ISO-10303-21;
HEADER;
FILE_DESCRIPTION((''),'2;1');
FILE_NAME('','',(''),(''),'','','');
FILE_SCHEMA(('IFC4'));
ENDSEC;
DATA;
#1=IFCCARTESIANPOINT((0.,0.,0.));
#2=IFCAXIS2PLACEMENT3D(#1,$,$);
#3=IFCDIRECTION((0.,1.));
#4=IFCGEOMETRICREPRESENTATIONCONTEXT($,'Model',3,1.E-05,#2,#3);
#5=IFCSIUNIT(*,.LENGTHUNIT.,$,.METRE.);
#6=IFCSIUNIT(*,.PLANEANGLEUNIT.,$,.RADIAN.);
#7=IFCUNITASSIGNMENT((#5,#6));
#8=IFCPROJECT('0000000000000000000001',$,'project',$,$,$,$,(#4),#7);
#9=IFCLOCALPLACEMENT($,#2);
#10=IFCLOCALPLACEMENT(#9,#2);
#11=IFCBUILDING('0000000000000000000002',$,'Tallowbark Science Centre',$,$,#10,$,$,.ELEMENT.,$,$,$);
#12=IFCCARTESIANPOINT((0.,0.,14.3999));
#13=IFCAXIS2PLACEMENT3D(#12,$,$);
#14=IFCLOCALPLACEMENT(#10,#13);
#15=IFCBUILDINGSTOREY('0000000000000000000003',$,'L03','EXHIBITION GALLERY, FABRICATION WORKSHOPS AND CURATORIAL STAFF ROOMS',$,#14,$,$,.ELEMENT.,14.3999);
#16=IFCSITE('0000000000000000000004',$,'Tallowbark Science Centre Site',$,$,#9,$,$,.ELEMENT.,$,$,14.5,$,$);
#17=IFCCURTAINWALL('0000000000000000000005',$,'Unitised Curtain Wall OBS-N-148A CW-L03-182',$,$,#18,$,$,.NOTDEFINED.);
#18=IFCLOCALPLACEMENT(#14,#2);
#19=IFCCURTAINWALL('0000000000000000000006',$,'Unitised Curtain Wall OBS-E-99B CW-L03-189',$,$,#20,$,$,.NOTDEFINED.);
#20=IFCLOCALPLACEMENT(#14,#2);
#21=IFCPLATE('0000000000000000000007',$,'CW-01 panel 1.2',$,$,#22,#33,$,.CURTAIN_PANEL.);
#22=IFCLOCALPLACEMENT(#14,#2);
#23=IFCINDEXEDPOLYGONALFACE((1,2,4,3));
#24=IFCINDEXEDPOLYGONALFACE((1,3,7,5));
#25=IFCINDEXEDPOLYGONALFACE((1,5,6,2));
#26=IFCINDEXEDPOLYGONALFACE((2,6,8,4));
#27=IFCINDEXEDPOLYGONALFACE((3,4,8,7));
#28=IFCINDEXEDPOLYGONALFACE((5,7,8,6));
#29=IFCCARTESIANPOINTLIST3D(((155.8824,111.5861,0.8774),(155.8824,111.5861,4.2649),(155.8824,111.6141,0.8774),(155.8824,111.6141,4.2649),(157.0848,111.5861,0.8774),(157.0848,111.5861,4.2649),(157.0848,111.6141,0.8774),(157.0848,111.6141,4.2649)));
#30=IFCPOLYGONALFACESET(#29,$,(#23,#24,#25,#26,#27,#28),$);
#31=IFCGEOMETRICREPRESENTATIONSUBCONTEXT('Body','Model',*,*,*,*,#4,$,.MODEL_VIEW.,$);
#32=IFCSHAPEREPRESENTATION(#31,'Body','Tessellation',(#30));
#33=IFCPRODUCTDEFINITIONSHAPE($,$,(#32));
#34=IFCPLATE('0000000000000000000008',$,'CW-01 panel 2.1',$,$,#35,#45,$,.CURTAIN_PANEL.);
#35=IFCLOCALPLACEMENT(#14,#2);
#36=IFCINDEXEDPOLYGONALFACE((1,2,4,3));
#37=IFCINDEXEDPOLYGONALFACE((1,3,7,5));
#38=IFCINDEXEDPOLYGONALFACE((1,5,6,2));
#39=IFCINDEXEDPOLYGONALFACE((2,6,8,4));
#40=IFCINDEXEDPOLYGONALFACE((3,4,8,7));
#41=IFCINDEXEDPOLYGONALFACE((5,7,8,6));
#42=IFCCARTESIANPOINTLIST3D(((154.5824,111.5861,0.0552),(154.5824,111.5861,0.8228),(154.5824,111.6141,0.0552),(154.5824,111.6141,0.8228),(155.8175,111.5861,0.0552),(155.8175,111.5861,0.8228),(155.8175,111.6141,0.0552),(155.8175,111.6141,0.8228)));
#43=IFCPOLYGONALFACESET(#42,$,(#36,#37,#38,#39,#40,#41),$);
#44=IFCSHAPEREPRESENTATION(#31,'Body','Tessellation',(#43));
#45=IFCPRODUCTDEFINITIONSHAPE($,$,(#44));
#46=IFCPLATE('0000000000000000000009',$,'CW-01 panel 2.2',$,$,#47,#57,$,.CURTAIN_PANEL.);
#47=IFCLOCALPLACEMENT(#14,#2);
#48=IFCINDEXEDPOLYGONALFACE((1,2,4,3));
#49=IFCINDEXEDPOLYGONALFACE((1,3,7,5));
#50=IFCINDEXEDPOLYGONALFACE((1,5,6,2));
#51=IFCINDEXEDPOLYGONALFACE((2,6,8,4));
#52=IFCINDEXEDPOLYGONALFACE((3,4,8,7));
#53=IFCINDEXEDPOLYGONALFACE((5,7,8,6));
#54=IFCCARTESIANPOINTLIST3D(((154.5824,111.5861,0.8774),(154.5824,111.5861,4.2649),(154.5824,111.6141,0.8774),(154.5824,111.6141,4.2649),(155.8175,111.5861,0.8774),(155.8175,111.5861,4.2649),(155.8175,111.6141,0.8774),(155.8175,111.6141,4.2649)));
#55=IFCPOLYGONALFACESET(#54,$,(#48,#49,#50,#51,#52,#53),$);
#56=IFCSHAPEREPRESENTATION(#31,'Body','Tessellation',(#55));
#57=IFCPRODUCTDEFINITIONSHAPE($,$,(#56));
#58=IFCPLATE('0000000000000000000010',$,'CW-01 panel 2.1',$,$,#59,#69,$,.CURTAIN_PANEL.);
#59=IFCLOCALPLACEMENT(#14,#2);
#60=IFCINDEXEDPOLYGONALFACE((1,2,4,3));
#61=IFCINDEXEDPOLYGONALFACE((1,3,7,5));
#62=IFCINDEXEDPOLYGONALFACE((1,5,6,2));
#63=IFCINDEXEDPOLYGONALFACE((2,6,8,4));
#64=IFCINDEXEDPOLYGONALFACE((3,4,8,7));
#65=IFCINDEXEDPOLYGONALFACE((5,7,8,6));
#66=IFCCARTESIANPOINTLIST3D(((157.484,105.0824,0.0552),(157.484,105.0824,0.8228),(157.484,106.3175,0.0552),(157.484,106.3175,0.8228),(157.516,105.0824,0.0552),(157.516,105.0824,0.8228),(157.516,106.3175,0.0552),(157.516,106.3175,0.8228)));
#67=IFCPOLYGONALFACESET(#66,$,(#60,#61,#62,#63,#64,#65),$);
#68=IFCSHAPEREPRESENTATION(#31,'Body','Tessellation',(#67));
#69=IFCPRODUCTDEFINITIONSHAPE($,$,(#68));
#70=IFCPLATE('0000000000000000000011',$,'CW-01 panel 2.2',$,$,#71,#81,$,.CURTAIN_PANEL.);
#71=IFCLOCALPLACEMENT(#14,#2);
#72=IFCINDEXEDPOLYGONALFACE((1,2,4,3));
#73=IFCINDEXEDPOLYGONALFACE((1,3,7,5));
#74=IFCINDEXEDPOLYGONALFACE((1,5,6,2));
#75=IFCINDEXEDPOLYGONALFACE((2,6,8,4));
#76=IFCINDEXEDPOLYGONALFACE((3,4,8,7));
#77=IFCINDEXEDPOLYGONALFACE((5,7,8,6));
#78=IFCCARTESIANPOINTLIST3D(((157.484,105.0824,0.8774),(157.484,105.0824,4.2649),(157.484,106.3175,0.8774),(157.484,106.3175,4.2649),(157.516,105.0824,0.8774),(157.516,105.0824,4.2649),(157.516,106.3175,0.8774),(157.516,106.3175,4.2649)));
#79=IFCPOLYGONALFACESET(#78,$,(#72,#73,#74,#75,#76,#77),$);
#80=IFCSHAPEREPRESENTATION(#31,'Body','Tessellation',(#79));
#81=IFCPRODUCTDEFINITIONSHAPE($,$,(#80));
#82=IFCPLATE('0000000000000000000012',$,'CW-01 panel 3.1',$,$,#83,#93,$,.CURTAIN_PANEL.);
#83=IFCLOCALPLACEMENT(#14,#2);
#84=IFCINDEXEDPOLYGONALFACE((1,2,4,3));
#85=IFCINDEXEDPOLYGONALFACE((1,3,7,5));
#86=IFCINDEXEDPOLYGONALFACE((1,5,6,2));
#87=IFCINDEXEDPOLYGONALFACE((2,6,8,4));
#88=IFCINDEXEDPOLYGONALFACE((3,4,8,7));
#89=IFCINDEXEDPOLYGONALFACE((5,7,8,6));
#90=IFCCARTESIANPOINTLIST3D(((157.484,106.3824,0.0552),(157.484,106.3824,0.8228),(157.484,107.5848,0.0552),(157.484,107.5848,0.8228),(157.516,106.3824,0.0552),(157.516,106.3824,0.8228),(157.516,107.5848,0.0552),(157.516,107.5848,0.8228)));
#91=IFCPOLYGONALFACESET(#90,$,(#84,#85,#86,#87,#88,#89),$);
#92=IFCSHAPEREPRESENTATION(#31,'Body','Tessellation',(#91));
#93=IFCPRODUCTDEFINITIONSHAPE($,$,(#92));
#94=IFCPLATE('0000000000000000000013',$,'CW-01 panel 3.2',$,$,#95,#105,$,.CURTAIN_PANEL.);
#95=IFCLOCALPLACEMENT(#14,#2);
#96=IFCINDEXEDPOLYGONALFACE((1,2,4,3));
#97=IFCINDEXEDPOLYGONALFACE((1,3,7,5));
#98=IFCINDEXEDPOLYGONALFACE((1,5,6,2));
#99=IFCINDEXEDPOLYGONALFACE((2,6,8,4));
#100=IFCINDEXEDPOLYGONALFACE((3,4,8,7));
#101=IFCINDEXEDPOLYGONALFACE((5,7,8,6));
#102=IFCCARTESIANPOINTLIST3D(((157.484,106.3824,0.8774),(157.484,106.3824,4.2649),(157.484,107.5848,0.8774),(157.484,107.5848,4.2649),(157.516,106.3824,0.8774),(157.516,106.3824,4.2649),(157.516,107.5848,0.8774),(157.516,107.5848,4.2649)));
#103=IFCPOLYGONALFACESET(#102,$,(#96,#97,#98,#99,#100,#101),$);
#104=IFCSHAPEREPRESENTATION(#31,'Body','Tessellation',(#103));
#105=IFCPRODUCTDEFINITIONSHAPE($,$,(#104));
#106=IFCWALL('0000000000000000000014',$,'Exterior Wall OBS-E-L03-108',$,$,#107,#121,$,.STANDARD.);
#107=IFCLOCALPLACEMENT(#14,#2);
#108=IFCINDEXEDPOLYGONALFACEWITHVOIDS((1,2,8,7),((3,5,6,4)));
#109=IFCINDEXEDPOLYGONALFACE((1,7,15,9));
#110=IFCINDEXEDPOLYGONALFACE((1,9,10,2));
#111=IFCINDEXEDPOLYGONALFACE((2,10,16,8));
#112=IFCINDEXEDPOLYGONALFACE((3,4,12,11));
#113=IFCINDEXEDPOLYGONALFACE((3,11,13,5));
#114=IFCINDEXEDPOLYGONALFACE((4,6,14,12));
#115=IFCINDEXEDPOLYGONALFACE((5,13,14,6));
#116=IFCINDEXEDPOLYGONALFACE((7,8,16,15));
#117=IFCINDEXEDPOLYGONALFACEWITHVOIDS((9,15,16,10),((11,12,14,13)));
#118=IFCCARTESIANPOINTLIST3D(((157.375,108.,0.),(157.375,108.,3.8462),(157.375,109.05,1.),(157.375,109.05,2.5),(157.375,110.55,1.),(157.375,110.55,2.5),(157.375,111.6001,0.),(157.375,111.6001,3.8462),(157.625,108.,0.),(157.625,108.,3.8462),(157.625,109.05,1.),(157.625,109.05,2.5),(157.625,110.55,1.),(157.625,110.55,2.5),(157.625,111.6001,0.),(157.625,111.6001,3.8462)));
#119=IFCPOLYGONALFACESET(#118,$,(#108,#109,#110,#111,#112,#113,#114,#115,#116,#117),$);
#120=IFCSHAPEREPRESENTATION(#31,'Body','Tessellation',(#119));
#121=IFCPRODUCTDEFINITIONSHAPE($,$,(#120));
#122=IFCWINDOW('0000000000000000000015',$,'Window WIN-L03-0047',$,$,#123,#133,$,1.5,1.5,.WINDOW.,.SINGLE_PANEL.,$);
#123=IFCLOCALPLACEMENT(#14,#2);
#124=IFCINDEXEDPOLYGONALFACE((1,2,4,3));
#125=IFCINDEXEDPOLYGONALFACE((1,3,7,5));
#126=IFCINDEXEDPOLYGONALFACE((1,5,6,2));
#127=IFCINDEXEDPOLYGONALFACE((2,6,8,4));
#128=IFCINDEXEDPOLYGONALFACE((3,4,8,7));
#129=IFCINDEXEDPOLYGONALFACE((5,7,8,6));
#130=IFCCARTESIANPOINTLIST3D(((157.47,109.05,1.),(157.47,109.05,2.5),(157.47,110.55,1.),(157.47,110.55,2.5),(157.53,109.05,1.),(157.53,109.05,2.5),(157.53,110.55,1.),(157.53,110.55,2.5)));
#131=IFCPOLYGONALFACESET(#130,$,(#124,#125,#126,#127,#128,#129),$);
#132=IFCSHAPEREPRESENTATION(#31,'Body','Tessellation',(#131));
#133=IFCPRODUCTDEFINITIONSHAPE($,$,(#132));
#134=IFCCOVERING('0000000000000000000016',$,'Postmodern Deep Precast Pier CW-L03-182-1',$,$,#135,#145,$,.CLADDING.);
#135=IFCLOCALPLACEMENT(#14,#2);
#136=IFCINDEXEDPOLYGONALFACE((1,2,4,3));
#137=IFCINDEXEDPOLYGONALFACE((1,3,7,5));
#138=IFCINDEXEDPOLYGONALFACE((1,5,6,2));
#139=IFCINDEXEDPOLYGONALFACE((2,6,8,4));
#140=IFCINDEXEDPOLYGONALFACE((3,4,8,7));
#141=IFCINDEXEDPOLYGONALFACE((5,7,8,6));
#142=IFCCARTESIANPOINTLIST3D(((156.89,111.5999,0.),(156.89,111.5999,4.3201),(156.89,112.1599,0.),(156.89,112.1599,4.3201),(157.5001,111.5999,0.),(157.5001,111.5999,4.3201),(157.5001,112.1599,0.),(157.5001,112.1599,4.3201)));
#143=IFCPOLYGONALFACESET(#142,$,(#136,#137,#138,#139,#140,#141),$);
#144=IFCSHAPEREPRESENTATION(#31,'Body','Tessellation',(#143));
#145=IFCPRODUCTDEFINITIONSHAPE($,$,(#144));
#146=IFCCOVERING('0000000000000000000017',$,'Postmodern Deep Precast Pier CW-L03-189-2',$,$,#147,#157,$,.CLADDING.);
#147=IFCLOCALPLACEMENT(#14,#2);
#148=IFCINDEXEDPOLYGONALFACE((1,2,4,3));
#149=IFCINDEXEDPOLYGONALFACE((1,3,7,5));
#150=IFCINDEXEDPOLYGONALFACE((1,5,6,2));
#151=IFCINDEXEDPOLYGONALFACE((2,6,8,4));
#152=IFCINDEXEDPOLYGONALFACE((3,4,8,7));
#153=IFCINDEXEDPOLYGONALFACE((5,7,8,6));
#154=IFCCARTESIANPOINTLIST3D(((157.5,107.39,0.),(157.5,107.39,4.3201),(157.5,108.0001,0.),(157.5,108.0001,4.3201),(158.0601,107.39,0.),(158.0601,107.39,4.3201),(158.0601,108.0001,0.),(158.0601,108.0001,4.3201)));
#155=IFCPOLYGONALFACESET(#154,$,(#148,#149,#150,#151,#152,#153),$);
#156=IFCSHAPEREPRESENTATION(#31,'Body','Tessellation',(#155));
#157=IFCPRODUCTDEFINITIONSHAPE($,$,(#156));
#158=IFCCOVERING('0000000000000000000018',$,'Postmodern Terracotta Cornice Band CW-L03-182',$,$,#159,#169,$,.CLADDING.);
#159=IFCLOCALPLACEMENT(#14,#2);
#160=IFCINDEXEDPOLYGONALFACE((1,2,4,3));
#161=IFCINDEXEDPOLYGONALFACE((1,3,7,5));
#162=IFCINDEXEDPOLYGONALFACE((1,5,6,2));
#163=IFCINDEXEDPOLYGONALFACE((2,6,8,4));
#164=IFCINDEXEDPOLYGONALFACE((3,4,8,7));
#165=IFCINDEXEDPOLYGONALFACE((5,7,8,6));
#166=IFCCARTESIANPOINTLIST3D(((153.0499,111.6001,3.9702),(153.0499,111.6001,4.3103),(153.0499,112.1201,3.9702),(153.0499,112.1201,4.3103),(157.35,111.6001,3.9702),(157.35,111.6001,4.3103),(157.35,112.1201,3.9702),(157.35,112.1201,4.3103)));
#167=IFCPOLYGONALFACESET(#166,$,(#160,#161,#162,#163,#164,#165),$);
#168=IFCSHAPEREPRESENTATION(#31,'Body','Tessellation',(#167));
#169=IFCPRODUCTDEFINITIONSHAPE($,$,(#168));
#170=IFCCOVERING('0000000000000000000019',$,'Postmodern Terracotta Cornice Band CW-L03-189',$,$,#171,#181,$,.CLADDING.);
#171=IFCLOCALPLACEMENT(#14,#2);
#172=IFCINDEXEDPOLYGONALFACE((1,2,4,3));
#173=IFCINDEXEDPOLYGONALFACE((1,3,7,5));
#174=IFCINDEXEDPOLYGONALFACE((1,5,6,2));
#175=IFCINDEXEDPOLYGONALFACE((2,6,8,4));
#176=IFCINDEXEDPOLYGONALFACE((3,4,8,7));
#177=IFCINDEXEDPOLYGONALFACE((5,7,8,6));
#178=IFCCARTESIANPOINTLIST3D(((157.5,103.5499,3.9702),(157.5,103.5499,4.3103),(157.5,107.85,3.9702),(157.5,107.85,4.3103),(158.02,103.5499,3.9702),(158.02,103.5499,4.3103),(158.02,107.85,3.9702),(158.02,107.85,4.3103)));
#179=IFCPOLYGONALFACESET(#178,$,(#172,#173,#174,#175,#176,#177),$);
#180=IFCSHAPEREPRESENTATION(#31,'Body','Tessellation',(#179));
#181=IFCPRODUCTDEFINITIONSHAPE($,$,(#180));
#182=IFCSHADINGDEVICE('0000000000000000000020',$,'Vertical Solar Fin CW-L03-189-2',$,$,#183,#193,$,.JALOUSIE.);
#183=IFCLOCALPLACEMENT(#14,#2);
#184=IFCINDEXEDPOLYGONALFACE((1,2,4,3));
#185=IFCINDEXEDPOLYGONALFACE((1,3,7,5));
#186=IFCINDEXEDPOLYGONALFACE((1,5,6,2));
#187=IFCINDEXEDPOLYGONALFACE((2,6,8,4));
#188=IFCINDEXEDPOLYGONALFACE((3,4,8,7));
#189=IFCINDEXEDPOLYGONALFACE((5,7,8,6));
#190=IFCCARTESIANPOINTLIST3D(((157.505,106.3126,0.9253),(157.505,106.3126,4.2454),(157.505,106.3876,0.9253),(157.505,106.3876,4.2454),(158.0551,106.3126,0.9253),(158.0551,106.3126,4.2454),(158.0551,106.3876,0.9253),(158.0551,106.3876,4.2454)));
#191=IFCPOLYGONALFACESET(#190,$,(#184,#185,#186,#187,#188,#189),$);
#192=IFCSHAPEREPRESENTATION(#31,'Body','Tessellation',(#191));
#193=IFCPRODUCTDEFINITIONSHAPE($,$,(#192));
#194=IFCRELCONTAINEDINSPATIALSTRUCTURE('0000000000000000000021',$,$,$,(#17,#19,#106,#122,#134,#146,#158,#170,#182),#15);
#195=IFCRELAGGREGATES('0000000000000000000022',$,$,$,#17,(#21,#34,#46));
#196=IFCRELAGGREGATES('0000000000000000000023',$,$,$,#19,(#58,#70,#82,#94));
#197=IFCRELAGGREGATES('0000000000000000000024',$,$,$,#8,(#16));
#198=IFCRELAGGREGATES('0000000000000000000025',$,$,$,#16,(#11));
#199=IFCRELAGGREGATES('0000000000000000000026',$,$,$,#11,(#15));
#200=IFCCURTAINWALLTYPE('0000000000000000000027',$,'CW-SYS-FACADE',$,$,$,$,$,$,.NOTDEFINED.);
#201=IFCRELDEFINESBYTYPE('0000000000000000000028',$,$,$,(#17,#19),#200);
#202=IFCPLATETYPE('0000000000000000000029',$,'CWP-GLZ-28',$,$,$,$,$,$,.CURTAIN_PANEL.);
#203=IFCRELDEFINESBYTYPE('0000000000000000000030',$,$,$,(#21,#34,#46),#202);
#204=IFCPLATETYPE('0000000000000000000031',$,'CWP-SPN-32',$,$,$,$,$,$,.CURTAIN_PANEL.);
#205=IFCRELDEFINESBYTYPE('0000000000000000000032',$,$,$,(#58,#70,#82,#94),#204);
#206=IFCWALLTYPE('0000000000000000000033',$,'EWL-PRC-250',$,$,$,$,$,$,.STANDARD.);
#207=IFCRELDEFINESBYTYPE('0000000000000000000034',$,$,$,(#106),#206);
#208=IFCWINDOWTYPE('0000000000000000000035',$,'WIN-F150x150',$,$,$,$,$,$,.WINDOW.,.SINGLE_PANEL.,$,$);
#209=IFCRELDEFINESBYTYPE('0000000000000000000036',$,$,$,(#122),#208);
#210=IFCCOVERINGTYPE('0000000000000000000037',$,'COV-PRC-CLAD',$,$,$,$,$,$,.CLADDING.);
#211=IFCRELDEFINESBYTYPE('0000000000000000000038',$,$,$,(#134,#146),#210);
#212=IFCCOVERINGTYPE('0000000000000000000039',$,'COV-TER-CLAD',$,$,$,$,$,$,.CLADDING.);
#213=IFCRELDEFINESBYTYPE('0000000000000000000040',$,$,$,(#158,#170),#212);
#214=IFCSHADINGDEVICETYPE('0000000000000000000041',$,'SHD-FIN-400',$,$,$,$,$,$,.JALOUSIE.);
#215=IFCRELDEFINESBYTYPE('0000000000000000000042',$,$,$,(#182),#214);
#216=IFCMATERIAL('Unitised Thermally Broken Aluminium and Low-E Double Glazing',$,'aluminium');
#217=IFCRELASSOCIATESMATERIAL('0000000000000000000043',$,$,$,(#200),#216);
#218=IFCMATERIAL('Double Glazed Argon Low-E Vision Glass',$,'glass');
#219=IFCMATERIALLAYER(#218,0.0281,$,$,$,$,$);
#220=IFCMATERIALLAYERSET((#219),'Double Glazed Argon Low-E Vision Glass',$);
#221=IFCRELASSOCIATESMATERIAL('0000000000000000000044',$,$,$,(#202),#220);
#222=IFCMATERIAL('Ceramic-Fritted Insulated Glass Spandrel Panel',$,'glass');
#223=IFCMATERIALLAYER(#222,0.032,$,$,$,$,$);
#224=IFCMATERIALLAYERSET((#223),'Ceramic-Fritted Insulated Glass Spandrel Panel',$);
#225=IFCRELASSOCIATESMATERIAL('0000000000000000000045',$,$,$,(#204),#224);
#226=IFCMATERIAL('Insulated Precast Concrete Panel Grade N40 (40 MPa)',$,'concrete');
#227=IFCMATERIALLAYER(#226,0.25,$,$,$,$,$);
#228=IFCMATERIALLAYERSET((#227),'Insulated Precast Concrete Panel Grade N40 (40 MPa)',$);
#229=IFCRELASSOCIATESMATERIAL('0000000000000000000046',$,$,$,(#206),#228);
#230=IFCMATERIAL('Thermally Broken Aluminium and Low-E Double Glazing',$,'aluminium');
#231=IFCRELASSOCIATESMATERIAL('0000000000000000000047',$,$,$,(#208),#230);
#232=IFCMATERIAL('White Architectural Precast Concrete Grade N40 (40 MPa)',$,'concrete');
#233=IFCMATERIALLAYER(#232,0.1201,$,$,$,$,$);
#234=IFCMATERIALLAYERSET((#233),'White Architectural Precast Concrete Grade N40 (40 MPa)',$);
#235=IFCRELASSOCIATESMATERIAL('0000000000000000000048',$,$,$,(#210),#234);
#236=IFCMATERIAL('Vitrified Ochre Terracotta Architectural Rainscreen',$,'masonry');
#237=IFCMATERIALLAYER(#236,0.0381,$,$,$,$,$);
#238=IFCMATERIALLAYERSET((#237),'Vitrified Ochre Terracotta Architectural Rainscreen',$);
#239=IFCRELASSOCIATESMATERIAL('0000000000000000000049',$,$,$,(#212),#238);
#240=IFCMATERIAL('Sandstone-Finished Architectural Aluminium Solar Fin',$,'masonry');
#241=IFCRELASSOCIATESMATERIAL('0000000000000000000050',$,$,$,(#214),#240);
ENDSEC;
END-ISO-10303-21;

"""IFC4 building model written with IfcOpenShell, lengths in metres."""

from ifc_helpers import new_model, si_unit, direction, frame, frame_2d, origin, origin_2d, place, context, subcontext, project, spatial, rectangle, extrude, material, layer, layer_set, type_object, element, fill, aggregate, save


model = new_model("IFC4")

# Units and contexts
model_context = context("Model", 3, precision=1e-05, world=origin(), true_north=direction((0.0, 1.0)))
body_context = subcontext(model_context, "Body", "Model", "MODEL_VIEW")
ifc_project = project(units=[si_unit("LENGTHUNIT", "METRE"), si_unit("PLANEANGLEUNIT", "RADIAN")], contexts=[model_context])

# Site, building, storey
site_placement = place(None, origin())
site = spatial("IfcSite", under=ifc_project, at=site_placement, Name="Tallowbark Science Centre Site", CompositionType="ELEMENT", RefElevation=14.5)
building_placement = place(site_placement, origin())
building = spatial("IfcBuilding", under=site, at=building_placement, Name="Tallowbark Science Centre", CompositionType="ELEMENT")
storey_placement = place(building_placement, frame((0.0, 0.0, 14.3999)))
storey = spatial("IfcBuildingStorey", under=building, at=storey_placement, Name="L03", Description="EXHIBITION GALLERY, FABRICATION WORKSHOPS AND CURATORIAL STAFF ROOMS", CompositionType="ELEMENT", Elevation=14.3999)

# Curtain walls
ifc_material_1 = material(Name="Unitised Thermally Broken Aluminium and Low-E Double Glazing", Category="aluminium")
curtain_wall_type = type_object("IfcCurtainWallType", Name="CW-SYS-FACADE", PredefinedType="NOTDEFINED", material=ifc_material_1)
curtain_wall_1_placement = place(storey_placement, origin())
curtain_wall_1 = element("IfcCurtainWall", 1, at=curtain_wall_1_placement, inside=storey, type_object=curtain_wall_type, Name="Unitised Curtain Wall OBS-N-148A CW-L03-182", PredefinedType="NOTDEFINED")
curtain_wall_2_placement = place(storey_placement, origin())
curtain_wall_2 = element("IfcCurtainWall", 2, at=curtain_wall_2_placement, inside=storey, type_object=curtain_wall_type, Name="Unitised Curtain Wall OBS-E-99B CW-L03-189", PredefinedType="NOTDEFINED")

# Plates
ifc_material_2 = material(Name="Double Glazed Argon Low-E Vision Glass", Category="glass")
ifc_layer_1 = layer(ifc_material_2, 0.0281)
ifc_layer_set_1 = layer_set([ifc_layer_1], Name="Double Glazed Argon Low-E Vision Glass")
plate_type_1 = type_object("IfcPlateType", Name="CWP-GLZ-28", PredefinedType="CURTAIN_PANEL", material=ifc_layer_set_1)
plate_1_placement = place(storey_placement, frame((156.4836, 111.6001, 0.8774), z_axis=(0.0, 0.0, 1.0), x_axis=(-1.0, 0.0, 0.0)))
plate_1 = element("IfcPlate", 3, at=plate_1_placement, type_object=plate_type_1, Name="CW-01 panel 1.2", PredefinedType="CURTAIN_PANEL", context=body_context, shape_type="SweptSolid", body=[
    extrude(rectangle(XDim=1.2024, YDim=0.0281, at=origin_2d()), origin(), (0.0, 0.0, 1.0), 3.3875),
])
plate_2_placement = place(storey_placement, frame((155.2, 111.6001, 0.0552), z_axis=(0.0, 0.0, 1.0), x_axis=(-1.0, 0.0, 0.0)))
plate_2 = element("IfcPlate", 4, at=plate_2_placement, type_object=plate_type_1, Name="CW-01 panel 2.1", PredefinedType="CURTAIN_PANEL", context=body_context, shape_type="SweptSolid", body=[
    extrude(rectangle(XDim=1.2351, YDim=0.0281, at=origin_2d()), origin(), (0.0, 0.0, 1.0), 0.7676),
])
plate_3_placement = place(storey_placement, frame((155.2, 111.6001, 0.8774), z_axis=(0.0, 0.0, 1.0), x_axis=(-1.0, 0.0, 0.0)))
plate_3 = element("IfcPlate", 5, at=plate_3_placement, type_object=plate_type_1, Name="CW-01 panel 2.2", PredefinedType="CURTAIN_PANEL", context=body_context, shape_type="SweptSolid", body=[
    extrude(rectangle(XDim=1.2351, YDim=0.0281, at=origin_2d()), origin(), (0.0, 0.0, 1.0), 3.3875),
])
aggregate(curtain_wall_1, [plate_1, plate_2, plate_3])
ifc_material_3 = material(Name="Ceramic-Fritted Insulated Glass Spandrel Panel", Category="glass")
ifc_layer_2 = layer(ifc_material_3, 0.032)
ifc_layer_set_2 = layer_set([ifc_layer_2], Name="Ceramic-Fritted Insulated Glass Spandrel Panel")
plate_type_2 = type_object("IfcPlateType", Name="CWP-SPN-32", PredefinedType="CURTAIN_PANEL", material=ifc_layer_set_2)
plate_4_placement = place(storey_placement, frame((157.5, 105.7, 0.0552), z_axis=(0.0, 0.0, 1.0), x_axis=(0.0, 1.0, 0.0)))
plate_4 = element("IfcPlate", 6, at=plate_4_placement, type_object=plate_type_2, Name="CW-01 panel 2.1", PredefinedType="CURTAIN_PANEL", context=body_context, shape_type="SweptSolid", body=[
    extrude(rectangle(XDim=1.2351, YDim=0.032, at=origin_2d()), origin(), (0.0, 0.0, 1.0), 0.7676),
])
plate_5_placement = place(storey_placement, frame((157.5, 105.7, 0.8774), z_axis=(0.0, 0.0, 1.0), x_axis=(0.0, 1.0, 0.0)))
plate_5 = element("IfcPlate", 7, at=plate_5_placement, type_object=plate_type_2, Name="CW-01 panel 2.2", PredefinedType="CURTAIN_PANEL", context=body_context, shape_type="SweptSolid", body=[
    extrude(rectangle(XDim=1.2351, YDim=0.032, at=origin_2d()), origin(), (0.0, 0.0, 1.0), 3.3875),
])
plate_6_placement = place(storey_placement, frame((157.5, 106.9836, 0.0552), z_axis=(0.0, 0.0, 1.0), x_axis=(0.0, 1.0, 0.0)))
plate_6 = element("IfcPlate", 8, at=plate_6_placement, type_object=plate_type_2, Name="CW-01 panel 3.1", PredefinedType="CURTAIN_PANEL", context=body_context, shape_type="SweptSolid", body=[
    extrude(rectangle(XDim=1.2024, YDim=0.032, at=origin_2d()), origin(), (0.0, 0.0, 1.0), 0.7676),
])
plate_7_placement = place(storey_placement, frame((157.5, 106.9836, 0.8774), z_axis=(0.0, 0.0, 1.0), x_axis=(0.0, 1.0, 0.0)))
plate_7 = element("IfcPlate", 9, at=plate_7_placement, type_object=plate_type_2, Name="CW-01 panel 3.2", PredefinedType="CURTAIN_PANEL", context=body_context, shape_type="SweptSolid", body=[
    extrude(rectangle(XDim=1.2024, YDim=0.032, at=origin_2d()), origin(), (0.0, 0.0, 1.0), 3.3875),
])
aggregate(curtain_wall_2, [plate_4, plate_5, plate_6, plate_7])

# Wall, opening, window
ifc_material_4 = material(Name="Insulated Precast Concrete Panel Grade N40 (40 MPa)", Category="concrete")
ifc_layer_3 = layer(ifc_material_4, 0.25)
ifc_layer_set_3 = layer_set([ifc_layer_3], Name="Insulated Precast Concrete Panel Grade N40 (40 MPa)")
wall_type = type_object("IfcWallType", Name="EWL-PRC-250", PredefinedType="STANDARD", material=ifc_layer_set_3)
wall_placement = place(storey_placement, frame((157.5, 108.0, 0.0), z_axis=(0.0, 0.0, 1.0), x_axis=(0.0, 1.0, 0.0)))
wall = element("IfcWall", 10, at=wall_placement, inside=storey, type_object=wall_type, Name="Exterior Wall OBS-E-L03-108", PredefinedType="STANDARD", context=body_context, shape_type="SweptSolid", body=[
    extrude(rectangle(XDim=3.6001, YDim=0.25, at=frame_2d((1.8, 0.0))), origin(), (0.0, 0.0, 1.0), 3.8462),
])
opening_placement = place(wall_placement, frame((1.05, 0.0, 1.0)))
opening = element("IfcOpeningElement", 11, at=opening_placement, cuts=wall, PredefinedType="OPENING", context=body_context, shape_type="SweptSolid", body=[
    extrude(rectangle(XDim=1.5, YDim=1.5, at=frame_2d((0.75, 0.75))), frame((0.0, 0.135, 0.0), z_axis=(0.0, -1.0, 0.0), x_axis=(1.0, 0.0, 0.0)), (0.0, 0.0, 1.0), 0.27),
])
ifc_material_5 = material(Name="Thermally Broken Aluminium and Low-E Double Glazing", Category="aluminium")
window_type = type_object("IfcWindowType", Name="WIN-F150x150", PartitioningType="SINGLE_PANEL", PredefinedType="WINDOW", material=ifc_material_5)
window_placement = place(opening_placement, origin())
window = element("IfcWindow", 12, at=window_placement, inside=storey, type_object=window_type, Name="Window WIN-L03-0047", OverallHeight=1.5, OverallWidth=1.5, PartitioningType="SINGLE_PANEL", PredefinedType="WINDOW", context=body_context, shape_type="SweptSolid", body=[
    extrude(rectangle(XDim=1.5, YDim=1.5, at=frame_2d((0.75, 0.75))), frame((0.0, 0.03, 0.0), z_axis=(0.0, -1.0, 0.0), x_axis=(1.0, 0.0, 0.0)), (0.0, 0.0, 1.0), 0.0601),
])
fill(opening, window)

# Coverings
ifc_material_6 = material(Name="White Architectural Precast Concrete Grade N40 (40 MPa)", Category="concrete")
ifc_layer_4 = layer(ifc_material_6, 0.1201)
ifc_layer_set_4 = layer_set([ifc_layer_4], Name="White Architectural Precast Concrete Grade N40 (40 MPa)")
covering_type_1 = type_object("IfcCoveringType", Name="COV-PRC-CLAD", PredefinedType="CLADDING", material=ifc_layer_set_4)
for number, where, z_axis, x_axis, name in (
    (13, (157.1951, 111.8799, 0.0), (0.0, 0.0, 1.0), (-1.0, 0.0, 0.0), "Postmodern Deep Precast Pier CW-L03-182-1"),
    (14, (157.78, 107.6951, 0.0), (0.0, 0.0, 1.0), (0.0, 1.0, 0.0), "Postmodern Deep Precast Pier CW-L03-189-2"),
):
    element("IfcCovering", number, at=place(storey_placement, frame(where, z_axis=z_axis, x_axis=x_axis)), inside=storey, type_object=covering_type_1, Name=name, PredefinedType="CLADDING", context=body_context, shape_type="SweptSolid", body=[
        extrude(rectangle(XDim=0.6101, YDim=0.5601, at=origin_2d()), origin(), (0.0, 0.0, 1.0), 4.3201),
    ])
ifc_material_7 = material(Name="Vitrified Ochre Terracotta Architectural Rainscreen", Category="masonry")
ifc_layer_5 = layer(ifc_material_7, 0.0381)
ifc_layer_set_5 = layer_set([ifc_layer_5], Name="Vitrified Ochre Terracotta Architectural Rainscreen")
covering_type_2 = type_object("IfcCoveringType", Name="COV-TER-CLAD", PredefinedType="CLADDING", material=ifc_layer_set_5)
for number, where, z_axis, x_axis, name in (
    (15, (155.2, 111.8601, 3.9702), (0.0, 0.0, 1.0), (-1.0, 0.0, 0.0), "Postmodern Terracotta Cornice Band CW-L03-182"),
    (16, (157.76, 105.7, 3.9702), (0.0, 0.0, 1.0), (0.0, 1.0, 0.0), "Postmodern Terracotta Cornice Band CW-L03-189"),
):
    element("IfcCovering", number, at=place(storey_placement, frame(where, z_axis=z_axis, x_axis=x_axis)), inside=storey, type_object=covering_type_2, Name=name, PredefinedType="CLADDING", context=body_context, shape_type="SweptSolid", body=[
        extrude(rectangle(XDim=4.3, YDim=0.52, at=origin_2d()), origin(), (0.0, 0.0, 1.0), 0.3401),
    ])

# Shading device
ifc_material_8 = material(Name="Sandstone-Finished Architectural Aluminium Solar Fin", Category="masonry")
shading_device_type = type_object("IfcShadingDeviceType", Name="SHD-FIN-400", PredefinedType="JALOUSIE", material=ifc_material_8)
shading_device_placement = place(storey_placement, frame((157.78, 106.3501, 0.9253), z_axis=(0.0, 0.0, 1.0), x_axis=(0.0, 1.0, 0.0)))
element("IfcShadingDevice", 17, at=shading_device_placement, inside=storey, type_object=shading_device_type, Name="Vertical Solar Fin CW-L03-189-2", PredefinedType="JALOUSIE", context=body_context, shape_type="SweptSolid", body=[
    extrude(rectangle(XDim=0.075, YDim=0.55, at=origin_2d()), origin(), (0.0, 0.0, 1.0), 3.3201),
])

save(model, "model.ifc")
